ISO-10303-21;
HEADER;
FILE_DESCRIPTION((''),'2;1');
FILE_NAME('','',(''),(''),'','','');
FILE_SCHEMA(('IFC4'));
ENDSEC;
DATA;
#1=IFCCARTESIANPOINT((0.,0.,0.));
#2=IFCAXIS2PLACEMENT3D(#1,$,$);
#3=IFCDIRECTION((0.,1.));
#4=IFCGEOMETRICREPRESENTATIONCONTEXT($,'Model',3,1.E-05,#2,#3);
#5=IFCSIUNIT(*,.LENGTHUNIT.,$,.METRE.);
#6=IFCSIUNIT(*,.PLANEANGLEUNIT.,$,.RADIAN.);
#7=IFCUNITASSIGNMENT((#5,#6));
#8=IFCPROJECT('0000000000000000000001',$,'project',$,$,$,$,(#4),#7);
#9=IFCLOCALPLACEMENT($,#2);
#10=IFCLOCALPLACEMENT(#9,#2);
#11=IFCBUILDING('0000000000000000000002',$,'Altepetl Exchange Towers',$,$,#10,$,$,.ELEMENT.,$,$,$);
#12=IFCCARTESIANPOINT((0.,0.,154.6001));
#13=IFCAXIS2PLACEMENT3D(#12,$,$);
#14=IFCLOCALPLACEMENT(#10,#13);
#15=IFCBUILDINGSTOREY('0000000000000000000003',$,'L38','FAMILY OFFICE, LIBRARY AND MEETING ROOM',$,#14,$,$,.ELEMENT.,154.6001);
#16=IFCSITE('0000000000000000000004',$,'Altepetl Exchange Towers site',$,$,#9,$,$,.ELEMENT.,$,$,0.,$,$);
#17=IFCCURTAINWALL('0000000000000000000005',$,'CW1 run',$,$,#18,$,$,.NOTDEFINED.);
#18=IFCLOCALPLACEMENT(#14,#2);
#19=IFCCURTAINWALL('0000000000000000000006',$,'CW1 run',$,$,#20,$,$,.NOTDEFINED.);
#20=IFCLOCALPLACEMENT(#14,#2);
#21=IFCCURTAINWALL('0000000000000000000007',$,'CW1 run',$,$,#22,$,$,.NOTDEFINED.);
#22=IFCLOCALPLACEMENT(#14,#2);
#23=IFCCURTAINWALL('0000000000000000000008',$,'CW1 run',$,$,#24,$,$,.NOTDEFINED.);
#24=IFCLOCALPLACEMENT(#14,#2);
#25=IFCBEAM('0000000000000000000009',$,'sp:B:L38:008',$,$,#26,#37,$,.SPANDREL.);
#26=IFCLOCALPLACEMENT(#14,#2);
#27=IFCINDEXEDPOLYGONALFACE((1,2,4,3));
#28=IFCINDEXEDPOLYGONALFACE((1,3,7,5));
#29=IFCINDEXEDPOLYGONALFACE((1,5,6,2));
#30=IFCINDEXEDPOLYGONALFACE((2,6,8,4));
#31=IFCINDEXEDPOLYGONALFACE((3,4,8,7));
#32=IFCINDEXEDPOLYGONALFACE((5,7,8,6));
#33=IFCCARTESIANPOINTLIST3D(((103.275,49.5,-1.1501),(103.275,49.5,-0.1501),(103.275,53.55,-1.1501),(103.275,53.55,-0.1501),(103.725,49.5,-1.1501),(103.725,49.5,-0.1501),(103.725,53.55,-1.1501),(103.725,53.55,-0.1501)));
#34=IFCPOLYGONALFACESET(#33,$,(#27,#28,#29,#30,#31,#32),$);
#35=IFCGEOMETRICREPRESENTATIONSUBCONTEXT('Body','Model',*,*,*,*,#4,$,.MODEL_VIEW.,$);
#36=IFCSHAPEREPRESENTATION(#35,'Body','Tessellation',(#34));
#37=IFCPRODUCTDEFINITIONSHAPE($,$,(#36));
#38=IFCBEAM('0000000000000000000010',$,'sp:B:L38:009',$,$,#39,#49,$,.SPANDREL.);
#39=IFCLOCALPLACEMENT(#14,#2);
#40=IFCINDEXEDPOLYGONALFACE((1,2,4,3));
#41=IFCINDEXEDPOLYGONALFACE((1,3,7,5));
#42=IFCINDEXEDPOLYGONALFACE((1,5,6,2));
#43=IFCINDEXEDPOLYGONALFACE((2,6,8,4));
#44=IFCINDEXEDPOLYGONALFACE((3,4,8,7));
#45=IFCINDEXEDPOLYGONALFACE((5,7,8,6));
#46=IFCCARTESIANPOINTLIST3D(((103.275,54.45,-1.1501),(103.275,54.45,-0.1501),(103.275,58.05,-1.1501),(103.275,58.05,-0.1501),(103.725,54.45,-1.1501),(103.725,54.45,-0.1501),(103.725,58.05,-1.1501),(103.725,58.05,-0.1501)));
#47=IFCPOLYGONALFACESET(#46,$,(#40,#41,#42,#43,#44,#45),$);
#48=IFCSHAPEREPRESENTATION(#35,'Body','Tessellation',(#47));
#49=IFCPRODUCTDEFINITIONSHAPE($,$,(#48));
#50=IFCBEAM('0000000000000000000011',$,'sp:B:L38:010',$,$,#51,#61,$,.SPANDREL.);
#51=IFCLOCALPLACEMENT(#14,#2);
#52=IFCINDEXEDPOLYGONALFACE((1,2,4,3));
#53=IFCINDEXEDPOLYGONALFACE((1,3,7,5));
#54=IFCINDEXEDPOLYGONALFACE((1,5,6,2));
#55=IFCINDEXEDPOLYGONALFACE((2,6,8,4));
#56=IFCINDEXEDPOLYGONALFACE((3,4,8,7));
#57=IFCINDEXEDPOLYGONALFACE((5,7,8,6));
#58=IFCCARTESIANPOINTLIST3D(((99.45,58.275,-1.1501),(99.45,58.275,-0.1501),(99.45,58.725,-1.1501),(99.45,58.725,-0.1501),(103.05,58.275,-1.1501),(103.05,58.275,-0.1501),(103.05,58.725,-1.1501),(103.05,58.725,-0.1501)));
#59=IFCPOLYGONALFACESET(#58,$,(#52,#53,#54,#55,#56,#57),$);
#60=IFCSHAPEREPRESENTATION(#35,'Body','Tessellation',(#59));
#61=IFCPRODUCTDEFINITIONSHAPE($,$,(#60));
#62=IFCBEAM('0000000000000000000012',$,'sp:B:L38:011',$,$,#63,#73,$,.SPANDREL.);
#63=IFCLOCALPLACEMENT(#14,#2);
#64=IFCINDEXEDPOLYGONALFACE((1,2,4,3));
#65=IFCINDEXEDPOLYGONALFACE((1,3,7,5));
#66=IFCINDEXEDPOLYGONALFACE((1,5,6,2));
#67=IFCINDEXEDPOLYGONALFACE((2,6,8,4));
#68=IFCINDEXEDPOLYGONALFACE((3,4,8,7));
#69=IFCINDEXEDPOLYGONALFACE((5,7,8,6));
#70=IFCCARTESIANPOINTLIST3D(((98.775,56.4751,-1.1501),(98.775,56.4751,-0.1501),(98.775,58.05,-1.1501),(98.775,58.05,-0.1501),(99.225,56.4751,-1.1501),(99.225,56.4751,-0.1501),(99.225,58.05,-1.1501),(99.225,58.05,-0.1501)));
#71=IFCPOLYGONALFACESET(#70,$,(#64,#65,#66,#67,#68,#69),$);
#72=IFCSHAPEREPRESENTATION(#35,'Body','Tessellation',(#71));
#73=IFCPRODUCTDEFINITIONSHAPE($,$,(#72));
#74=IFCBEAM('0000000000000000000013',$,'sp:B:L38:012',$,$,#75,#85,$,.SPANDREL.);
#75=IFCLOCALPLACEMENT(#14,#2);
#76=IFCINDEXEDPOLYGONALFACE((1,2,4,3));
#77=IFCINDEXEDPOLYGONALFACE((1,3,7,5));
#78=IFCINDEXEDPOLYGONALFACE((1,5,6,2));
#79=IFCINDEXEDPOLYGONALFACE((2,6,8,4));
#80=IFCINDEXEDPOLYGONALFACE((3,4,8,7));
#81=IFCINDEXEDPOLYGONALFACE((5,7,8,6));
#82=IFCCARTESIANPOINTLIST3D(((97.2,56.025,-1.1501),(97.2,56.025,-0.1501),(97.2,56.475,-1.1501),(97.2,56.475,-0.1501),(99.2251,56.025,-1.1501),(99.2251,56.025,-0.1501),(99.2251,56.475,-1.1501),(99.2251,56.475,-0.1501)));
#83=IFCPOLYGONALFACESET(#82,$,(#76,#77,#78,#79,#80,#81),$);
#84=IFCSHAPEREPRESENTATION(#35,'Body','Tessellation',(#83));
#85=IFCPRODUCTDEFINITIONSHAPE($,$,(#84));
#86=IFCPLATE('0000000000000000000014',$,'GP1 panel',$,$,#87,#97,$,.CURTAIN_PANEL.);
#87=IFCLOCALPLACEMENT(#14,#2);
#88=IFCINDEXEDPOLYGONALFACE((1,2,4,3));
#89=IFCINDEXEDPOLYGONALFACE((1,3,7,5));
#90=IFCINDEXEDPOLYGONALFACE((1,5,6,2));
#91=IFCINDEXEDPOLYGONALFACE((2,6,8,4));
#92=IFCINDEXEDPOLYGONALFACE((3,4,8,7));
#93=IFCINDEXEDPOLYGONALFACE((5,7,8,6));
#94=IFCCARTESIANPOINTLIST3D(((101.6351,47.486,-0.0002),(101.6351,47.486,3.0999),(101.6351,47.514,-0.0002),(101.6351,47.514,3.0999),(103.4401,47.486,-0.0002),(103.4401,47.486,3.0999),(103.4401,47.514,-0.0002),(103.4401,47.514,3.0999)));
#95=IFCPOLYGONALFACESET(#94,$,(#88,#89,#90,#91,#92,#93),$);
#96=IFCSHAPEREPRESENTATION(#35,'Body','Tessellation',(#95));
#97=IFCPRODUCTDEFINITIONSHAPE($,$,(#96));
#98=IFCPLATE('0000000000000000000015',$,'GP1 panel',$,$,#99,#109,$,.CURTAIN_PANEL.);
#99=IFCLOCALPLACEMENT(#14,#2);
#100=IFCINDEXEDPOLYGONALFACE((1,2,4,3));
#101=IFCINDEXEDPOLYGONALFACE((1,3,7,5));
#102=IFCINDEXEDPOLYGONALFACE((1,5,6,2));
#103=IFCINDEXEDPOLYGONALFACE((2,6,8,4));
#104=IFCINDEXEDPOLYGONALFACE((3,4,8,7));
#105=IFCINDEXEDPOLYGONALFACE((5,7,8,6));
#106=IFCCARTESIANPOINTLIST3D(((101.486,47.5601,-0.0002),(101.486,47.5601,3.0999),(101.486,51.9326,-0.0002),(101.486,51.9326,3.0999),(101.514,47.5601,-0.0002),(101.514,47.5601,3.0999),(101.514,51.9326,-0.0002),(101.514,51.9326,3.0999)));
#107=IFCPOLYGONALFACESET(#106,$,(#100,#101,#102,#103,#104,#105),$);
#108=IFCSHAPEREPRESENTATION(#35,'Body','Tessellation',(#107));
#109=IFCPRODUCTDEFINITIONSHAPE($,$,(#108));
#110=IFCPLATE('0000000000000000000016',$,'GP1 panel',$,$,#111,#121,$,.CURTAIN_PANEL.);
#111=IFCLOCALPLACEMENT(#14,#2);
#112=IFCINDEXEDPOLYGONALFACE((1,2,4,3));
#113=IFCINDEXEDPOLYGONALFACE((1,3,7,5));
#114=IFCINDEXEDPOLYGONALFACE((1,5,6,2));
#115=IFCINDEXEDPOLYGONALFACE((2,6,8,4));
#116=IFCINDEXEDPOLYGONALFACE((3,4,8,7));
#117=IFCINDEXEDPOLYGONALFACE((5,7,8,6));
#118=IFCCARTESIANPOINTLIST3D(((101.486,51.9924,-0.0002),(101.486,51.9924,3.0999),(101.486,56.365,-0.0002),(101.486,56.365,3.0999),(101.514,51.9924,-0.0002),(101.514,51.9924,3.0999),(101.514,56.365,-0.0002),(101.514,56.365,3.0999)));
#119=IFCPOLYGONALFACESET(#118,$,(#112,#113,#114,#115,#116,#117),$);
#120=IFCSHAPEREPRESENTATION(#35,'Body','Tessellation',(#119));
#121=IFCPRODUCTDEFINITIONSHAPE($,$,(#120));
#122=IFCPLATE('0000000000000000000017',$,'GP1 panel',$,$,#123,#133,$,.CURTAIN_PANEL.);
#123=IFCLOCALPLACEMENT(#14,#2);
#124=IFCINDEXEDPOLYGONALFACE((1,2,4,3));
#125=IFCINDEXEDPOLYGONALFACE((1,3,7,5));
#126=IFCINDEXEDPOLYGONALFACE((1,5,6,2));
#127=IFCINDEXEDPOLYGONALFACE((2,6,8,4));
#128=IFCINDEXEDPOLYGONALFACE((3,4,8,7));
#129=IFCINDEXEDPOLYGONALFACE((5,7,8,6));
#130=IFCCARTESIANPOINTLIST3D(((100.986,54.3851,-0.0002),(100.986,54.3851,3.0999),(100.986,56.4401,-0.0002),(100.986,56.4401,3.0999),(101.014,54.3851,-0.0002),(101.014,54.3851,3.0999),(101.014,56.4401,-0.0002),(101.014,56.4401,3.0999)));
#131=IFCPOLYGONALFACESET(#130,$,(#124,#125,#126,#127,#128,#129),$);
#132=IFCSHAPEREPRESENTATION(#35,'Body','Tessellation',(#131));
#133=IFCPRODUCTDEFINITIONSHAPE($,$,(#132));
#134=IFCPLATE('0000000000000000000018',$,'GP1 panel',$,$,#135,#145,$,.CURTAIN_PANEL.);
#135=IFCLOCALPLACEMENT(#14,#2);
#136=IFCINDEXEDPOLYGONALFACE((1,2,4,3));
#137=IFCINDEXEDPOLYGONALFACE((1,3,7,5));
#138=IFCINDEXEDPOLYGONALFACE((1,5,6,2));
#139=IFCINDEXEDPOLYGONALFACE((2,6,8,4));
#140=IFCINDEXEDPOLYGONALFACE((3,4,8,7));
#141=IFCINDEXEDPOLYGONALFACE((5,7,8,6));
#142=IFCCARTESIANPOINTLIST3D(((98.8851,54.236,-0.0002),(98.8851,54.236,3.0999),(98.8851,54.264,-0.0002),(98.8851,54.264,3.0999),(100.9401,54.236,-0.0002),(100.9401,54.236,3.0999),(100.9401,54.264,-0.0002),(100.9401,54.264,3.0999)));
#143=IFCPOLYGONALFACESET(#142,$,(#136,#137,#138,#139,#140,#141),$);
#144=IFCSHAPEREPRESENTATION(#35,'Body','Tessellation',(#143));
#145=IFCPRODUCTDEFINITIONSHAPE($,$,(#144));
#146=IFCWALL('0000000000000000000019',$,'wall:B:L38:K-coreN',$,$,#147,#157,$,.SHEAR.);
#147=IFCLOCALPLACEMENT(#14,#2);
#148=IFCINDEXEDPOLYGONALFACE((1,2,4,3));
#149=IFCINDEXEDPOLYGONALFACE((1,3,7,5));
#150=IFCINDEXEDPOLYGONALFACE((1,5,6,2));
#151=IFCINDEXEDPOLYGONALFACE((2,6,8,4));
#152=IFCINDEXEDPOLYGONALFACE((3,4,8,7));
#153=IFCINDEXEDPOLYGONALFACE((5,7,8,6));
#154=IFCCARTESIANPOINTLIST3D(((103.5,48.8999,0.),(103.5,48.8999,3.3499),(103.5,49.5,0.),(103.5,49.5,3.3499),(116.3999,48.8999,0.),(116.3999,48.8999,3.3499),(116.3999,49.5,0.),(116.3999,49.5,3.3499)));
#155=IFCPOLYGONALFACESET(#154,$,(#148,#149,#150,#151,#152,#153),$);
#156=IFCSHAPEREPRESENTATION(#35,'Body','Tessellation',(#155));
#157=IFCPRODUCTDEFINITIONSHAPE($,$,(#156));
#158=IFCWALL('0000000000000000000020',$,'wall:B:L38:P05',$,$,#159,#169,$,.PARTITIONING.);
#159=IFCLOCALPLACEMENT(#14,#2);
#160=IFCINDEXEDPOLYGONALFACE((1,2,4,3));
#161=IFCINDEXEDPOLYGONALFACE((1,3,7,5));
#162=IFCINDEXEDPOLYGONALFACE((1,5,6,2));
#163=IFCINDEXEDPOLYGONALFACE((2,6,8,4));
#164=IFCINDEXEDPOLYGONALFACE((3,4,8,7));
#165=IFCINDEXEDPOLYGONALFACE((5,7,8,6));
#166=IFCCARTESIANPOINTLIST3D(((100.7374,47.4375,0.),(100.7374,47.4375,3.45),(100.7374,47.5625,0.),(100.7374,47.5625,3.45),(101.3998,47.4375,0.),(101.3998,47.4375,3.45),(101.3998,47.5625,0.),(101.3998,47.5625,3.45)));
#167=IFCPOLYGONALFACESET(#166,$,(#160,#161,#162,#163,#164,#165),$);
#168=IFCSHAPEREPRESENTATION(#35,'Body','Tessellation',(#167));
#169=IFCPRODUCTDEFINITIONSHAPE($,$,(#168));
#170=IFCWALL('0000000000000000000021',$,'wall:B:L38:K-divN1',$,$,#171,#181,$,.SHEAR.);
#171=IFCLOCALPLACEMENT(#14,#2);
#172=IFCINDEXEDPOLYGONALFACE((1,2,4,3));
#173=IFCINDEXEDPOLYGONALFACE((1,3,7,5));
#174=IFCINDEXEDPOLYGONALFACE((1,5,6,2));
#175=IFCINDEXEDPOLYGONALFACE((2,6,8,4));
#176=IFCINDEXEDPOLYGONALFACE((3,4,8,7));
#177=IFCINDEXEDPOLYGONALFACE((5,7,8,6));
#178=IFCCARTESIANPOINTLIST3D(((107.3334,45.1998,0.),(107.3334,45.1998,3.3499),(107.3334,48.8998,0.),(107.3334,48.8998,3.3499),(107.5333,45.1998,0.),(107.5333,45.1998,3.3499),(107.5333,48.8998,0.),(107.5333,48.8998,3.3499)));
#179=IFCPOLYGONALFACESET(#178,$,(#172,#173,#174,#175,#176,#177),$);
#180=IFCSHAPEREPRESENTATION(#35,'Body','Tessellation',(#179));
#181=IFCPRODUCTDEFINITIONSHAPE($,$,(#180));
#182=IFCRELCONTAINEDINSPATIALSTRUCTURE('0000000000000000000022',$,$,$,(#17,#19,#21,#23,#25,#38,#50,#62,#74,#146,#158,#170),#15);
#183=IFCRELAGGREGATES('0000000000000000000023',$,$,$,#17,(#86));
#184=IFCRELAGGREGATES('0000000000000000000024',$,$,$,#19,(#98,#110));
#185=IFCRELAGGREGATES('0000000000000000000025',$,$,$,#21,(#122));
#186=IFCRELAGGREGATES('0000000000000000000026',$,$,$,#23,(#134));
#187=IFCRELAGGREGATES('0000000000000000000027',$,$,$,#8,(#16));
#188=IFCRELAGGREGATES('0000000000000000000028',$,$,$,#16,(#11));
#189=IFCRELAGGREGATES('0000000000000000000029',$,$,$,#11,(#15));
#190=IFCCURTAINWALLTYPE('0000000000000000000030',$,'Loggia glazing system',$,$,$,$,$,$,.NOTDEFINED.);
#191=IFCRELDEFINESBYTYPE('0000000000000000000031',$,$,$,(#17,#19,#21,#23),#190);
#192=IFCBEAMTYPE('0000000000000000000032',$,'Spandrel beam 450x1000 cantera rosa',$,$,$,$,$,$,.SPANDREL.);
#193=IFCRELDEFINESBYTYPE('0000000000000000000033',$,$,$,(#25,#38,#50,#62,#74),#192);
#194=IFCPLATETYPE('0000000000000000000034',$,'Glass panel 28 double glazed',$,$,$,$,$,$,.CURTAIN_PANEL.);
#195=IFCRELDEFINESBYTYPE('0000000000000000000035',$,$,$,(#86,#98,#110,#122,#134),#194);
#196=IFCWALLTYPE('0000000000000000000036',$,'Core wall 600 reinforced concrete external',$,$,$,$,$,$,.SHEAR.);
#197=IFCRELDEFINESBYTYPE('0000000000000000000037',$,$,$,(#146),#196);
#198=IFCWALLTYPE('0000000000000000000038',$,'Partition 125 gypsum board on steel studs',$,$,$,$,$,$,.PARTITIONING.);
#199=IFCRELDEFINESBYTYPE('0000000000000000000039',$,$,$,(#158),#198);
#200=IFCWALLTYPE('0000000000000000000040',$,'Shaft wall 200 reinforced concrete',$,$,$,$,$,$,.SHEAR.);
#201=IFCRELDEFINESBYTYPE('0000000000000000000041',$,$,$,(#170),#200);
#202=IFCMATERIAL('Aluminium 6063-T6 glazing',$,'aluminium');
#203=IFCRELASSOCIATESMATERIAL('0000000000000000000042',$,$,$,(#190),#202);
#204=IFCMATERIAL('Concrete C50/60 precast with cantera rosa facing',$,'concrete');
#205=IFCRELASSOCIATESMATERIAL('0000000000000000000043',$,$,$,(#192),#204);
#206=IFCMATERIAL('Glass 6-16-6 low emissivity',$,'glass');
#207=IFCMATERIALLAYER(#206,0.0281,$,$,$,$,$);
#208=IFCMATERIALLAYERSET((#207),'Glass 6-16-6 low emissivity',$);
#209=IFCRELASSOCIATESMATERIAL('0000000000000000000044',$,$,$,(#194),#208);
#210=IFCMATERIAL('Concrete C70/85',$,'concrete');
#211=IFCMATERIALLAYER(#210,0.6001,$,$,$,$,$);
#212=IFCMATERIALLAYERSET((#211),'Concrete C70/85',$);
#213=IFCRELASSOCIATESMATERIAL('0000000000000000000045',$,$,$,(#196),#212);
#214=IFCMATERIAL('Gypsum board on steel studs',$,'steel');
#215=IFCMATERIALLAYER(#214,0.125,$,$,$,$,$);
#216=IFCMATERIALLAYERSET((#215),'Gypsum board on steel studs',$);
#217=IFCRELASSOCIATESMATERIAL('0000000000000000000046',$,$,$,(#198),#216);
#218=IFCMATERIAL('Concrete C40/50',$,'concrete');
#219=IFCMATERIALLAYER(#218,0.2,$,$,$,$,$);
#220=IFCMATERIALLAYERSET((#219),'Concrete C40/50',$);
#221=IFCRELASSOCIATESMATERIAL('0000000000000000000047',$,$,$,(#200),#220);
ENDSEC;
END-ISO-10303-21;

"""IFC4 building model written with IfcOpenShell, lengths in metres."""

from ifc_helpers import new_model, si_unit, direction, frame, frame_2d, origin, origin_2d, place, context, subcontext, project, spatial, rectangle, extrude, material, layer, layer_set, material_profile, profile_set, type_object, element, aggregate, save


model = new_model("IFC4")

# Units and contexts
model_context = context("Model", 3, precision=1e-05, world=origin(), true_north=direction((0.0, 1.0)))
body_context = subcontext(model_context, "Body", "Model", "MODEL_VIEW")
ifc_project = project(units=[si_unit("LENGTHUNIT", "METRE"), si_unit("PLANEANGLEUNIT", "RADIAN")], contexts=[model_context])

# Site, building, storey
site_placement = place(None, origin())
site = spatial("IfcSite", under=ifc_project, at=site_placement, Name="Altepetl Exchange Towers site", CompositionType="ELEMENT", RefElevation=0.0)
building_placement = place(site_placement, origin())
building = spatial("IfcBuilding", under=site, at=building_placement, Name="Altepetl Exchange Towers", CompositionType="ELEMENT")
storey_placement = place(building_placement, frame((0.0, 0.0, 154.6001)))
storey = spatial("IfcBuildingStorey", under=building, at=storey_placement, Name="L38", Description="FAMILY OFFICE, LIBRARY AND MEETING ROOM", CompositionType="ELEMENT", Elevation=154.6001)

# Curtain walls
ifc_material_1 = material(Name="Aluminium 6063-T6 glazing", Category="aluminium")
curtain_wall_type = type_object("IfcCurtainWallType", Name="Loggia glazing system", PredefinedType="NOTDEFINED", material=ifc_material_1)
curtain_wall_1_placement = place(storey_placement, origin())
curtain_wall_1 = element("IfcCurtainWall", 1, at=curtain_wall_1_placement, inside=storey, type_object=curtain_wall_type, Name="CW1 run", PredefinedType="NOTDEFINED")
curtain_wall_2_placement = place(storey_placement, origin())
curtain_wall_2 = element("IfcCurtainWall", 2, at=curtain_wall_2_placement, inside=storey, type_object=curtain_wall_type, Name="CW1 run", PredefinedType="NOTDEFINED")
curtain_wall_3_placement = place(storey_placement, origin())
curtain_wall_3 = element("IfcCurtainWall", 3, at=curtain_wall_3_placement, inside=storey, type_object=curtain_wall_type, Name="CW1 run", PredefinedType="NOTDEFINED")
curtain_wall_4_placement = place(storey_placement, origin())
curtain_wall_4 = element("IfcCurtainWall", 4, at=curtain_wall_4_placement, inside=storey, type_object=curtain_wall_type, Name="CW1 run", PredefinedType="NOTDEFINED")

# Beams
ifc_material_2 = material(Name="Concrete C50/60 precast with cantera rosa facing", Category="concrete")
ifc_material_profile_1 = material_profile(ifc_material_2, rectangle(XDim=0.45, YDim=1.0, at=origin_2d()), Name="450 x 1000")
ifc_profile_set_1 = profile_set([ifc_material_profile_1], Name="Concrete C50/60 precast with cantera rosa facing")
beam_type = type_object("IfcBeamType", Name="Spandrel beam 450x1000 cantera rosa", PredefinedType="SPANDREL", material=ifc_profile_set_1)
beam_1_placement = place(storey_placement, frame((103.5, 49.5, -0.6501), z_axis=(0.0, 1.0, 0.0), x_axis=(-1.0, 0.0, 0.0)))
element("IfcBeam", 5, at=beam_1_placement, inside=storey, type_object=beam_type, Name="sp:B:L38:008", PredefinedType="SPANDREL", context=body_context, shape_type="SweptSolid", body=[
    extrude(rectangle(XDim=0.45, YDim=1.0, at=origin_2d()), origin(), (0.0, 0.0, 1.0), 4.05),
])
for number, where, z_axis, x_axis, name in (
    (6, (103.5, 54.45, -0.6501), (0.0, 1.0, 0.0), (-1.0, 0.0, 0.0), "sp:B:L38:009"),
    (7, (103.05, 58.5, -0.6501), (-1.0, 0.0, 0.0), (0.0, -1.0, 0.0), "sp:B:L38:010"),
):
    element("IfcBeam", number, at=place(storey_placement, frame(where, z_axis=z_axis, x_axis=x_axis)), inside=storey, type_object=beam_type, Name=name, PredefinedType="SPANDREL", context=body_context, shape_type="SweptSolid", body=[
        extrude(rectangle(XDim=0.45, YDim=1.0, at=origin_2d()), origin(), (0.0, 0.0, 1.0), 3.6001),
    ])
beam_2_placement = place(storey_placement, frame((99.0, 58.05, -0.6501), z_axis=(0.0, -1.0, 0.0), x_axis=(1.0, 0.0, 0.0)))
element("IfcBeam", 8, at=beam_2_placement, inside=storey, type_object=beam_type, Name="sp:B:L38:011", PredefinedType="SPANDREL", context=body_context, shape_type="SweptSolid", body=[
    extrude(rectangle(XDim=0.45, YDim=1.0, at=origin_2d()), origin(), (0.0, 0.0, 1.0), 1.575),
])
beam_3_placement = place(storey_placement, frame((99.2251, 56.25, -0.6501), z_axis=(-1.0, 0.0, 0.0), x_axis=(0.0, -1.0, 0.0)))
element("IfcBeam", 9, at=beam_3_placement, inside=storey, type_object=beam_type, Name="sp:B:L38:012", PredefinedType="SPANDREL", context=body_context, shape_type="SweptSolid", body=[
    extrude(rectangle(XDim=0.45, YDim=1.0, at=origin_2d()), origin(), (0.0, 0.0, 1.0), 2.0251),
])

# Plates
ifc_material_3 = material(Name="Glass 6-16-6 low emissivity", Category="glass")
ifc_layer_1 = layer(ifc_material_3, 0.0281)
ifc_layer_set_1 = layer_set([ifc_layer_1], Name="Glass 6-16-6 low emissivity")
plate_type = type_object("IfcPlateType", Name="Glass panel 28 double glazed", PredefinedType="CURTAIN_PANEL", material=ifc_layer_set_1)
plate_1_placement = place(storey_placement, frame((102.5376, 47.5, -0.0002), z_axis=(0.0, 0.0, 1.0), x_axis=(-1.0, 0.0, 0.0)))
plate_1 = element("IfcPlate", 10, at=plate_1_placement, type_object=plate_type, Name="GP1 panel", PredefinedType="CURTAIN_PANEL", context=body_context, shape_type="SweptSolid", body=[
    extrude(rectangle(XDim=1.8049, YDim=0.0281, at=origin_2d()), origin(), (0.0, 0.0, 1.0), 3.1001),
])
aggregate(curtain_wall_1, [plate_1])
plate_2_placement = place(storey_placement, frame((101.5, 49.7463, -0.0002), z_axis=(0.0, 0.0, 1.0), x_axis=(0.0, 1.0, 0.0)))
plate_2 = element("IfcPlate", 11, at=plate_2_placement, type_object=plate_type, Name="GP1 panel", PredefinedType="CURTAIN_PANEL", context=body_context, shape_type="SweptSolid", body=[
    extrude(rectangle(XDim=4.3726, YDim=0.0281, at=origin_2d()), origin(), (0.0, 0.0, 1.0), 3.1001),
])
plate_3_placement = place(storey_placement, frame((101.5, 54.1787, -0.0002), z_axis=(0.0, 0.0, 1.0), x_axis=(0.0, 1.0, 0.0)))
plate_3 = element("IfcPlate", 12, at=plate_3_placement, type_object=plate_type, Name="GP1 panel", PredefinedType="CURTAIN_PANEL", context=body_context, shape_type="SweptSolid", body=[
    extrude(rectangle(XDim=4.3726, YDim=0.0281, at=origin_2d()), origin(), (0.0, 0.0, 1.0), 3.1001),
])
aggregate(curtain_wall_2, [plate_2, plate_3])
plate_4_placement = place(storey_placement, frame((101.0, 55.4126, -0.0002), z_axis=(0.0, 0.0, 1.0), x_axis=(0.0, -1.0, 0.0)))
plate_4 = element("IfcPlate", 13, at=plate_4_placement, type_object=plate_type, Name="GP1 panel", PredefinedType="CURTAIN_PANEL", context=body_context, shape_type="SweptSolid", body=[
    extrude(rectangle(XDim=2.0549, YDim=0.0281, at=origin_2d()), origin(), (0.0, 0.0, 1.0), 3.1001),
])
aggregate(curtain_wall_3, [plate_4])
plate_5_placement = place(storey_placement, frame((99.9126, 54.25, -0.0002), z_axis=(0.0, 0.0, 1.0), x_axis=(-1.0, 0.0, 0.0)))
plate_5 = element("IfcPlate", 14, at=plate_5_placement, type_object=plate_type, Name="GP1 panel", PredefinedType="CURTAIN_PANEL", context=body_context, shape_type="SweptSolid", body=[
    extrude(rectangle(XDim=2.0549, YDim=0.0281, at=origin_2d()), origin(), (0.0, 0.0, 1.0), 3.1001),
])
aggregate(curtain_wall_4, [plate_5])

# Walls
ifc_material_4 = material(Name="Concrete C70/85", Category="concrete")
ifc_layer_2 = layer(ifc_material_4, 0.6001)
ifc_layer_set_2 = layer_set([ifc_layer_2], Name="Concrete C70/85")
wall_type_1 = type_object("IfcWallType", Name="Core wall 600 reinforced concrete external", PredefinedType="SHEAR", material=ifc_layer_set_2)
wall_1_placement = place(storey_placement, frame((103.5, 49.2, 0.0)))
element("IfcWall", 15, at=wall_1_placement, inside=storey, type_object=wall_type_1, Name="wall:B:L38:K-coreN", PredefinedType="SHEAR", context=body_context, shape_type="SweptSolid", body=[
    extrude(rectangle(XDim=12.8999, YDim=0.6001, at=frame_2d((6.45, 0.0))), origin(), (0.0, 0.0, 1.0), 3.3499),
])
ifc_material_5 = material(Name="Gypsum board on steel studs", Category="steel")
ifc_layer_3 = layer(ifc_material_5, 0.125)
ifc_layer_set_3 = layer_set([ifc_layer_3], Name="Gypsum board on steel studs")
wall_type_2 = type_object("IfcWallType", Name="Partition 125 gypsum board on steel studs", PredefinedType="PARTITIONING", material=ifc_layer_set_3)
wall_2_placement = place(storey_placement, frame((100.7375, 47.5, 0.0)))
element("IfcWall", 16, at=wall_2_placement, inside=storey, type_object=wall_type_2, Name="wall:B:L38:P05", PredefinedType="PARTITIONING", context=body_context, shape_type="SweptSolid", body=[
    extrude(rectangle(XDim=0.6624, YDim=0.125, at=frame_2d((0.3311, 0.0))), origin(), (0.0, 0.0, 1.0), 3.45),
])
ifc_material_6 = material(Name="Concrete C40/50", Category="concrete")
ifc_layer_4 = layer(ifc_material_6, 0.2)
ifc_layer_set_4 = layer_set([ifc_layer_4], Name="Concrete C40/50")
wall_type_3 = type_object("IfcWallType", Name="Shaft wall 200 reinforced concrete", PredefinedType="SHEAR", material=ifc_layer_set_4)
wall_3_placement = place(storey_placement, frame((107.4333, 48.8999, 0.0), z_axis=(0.0, 0.0, 1.0), x_axis=(0.0, -1.0, 0.0)))
element("IfcWall", 17, at=wall_3_placement, inside=storey, type_object=wall_type_3, Name="wall:B:L38:K-divN1", PredefinedType="SHEAR", context=body_context, shape_type="SweptSolid", body=[
    extrude(rectangle(XDim=3.7, YDim=0.2, at=frame_2d((1.8501, 0.0))), origin(), (0.0, 0.0, 1.0), 3.3499),
])

save(model, "model.ifc")
